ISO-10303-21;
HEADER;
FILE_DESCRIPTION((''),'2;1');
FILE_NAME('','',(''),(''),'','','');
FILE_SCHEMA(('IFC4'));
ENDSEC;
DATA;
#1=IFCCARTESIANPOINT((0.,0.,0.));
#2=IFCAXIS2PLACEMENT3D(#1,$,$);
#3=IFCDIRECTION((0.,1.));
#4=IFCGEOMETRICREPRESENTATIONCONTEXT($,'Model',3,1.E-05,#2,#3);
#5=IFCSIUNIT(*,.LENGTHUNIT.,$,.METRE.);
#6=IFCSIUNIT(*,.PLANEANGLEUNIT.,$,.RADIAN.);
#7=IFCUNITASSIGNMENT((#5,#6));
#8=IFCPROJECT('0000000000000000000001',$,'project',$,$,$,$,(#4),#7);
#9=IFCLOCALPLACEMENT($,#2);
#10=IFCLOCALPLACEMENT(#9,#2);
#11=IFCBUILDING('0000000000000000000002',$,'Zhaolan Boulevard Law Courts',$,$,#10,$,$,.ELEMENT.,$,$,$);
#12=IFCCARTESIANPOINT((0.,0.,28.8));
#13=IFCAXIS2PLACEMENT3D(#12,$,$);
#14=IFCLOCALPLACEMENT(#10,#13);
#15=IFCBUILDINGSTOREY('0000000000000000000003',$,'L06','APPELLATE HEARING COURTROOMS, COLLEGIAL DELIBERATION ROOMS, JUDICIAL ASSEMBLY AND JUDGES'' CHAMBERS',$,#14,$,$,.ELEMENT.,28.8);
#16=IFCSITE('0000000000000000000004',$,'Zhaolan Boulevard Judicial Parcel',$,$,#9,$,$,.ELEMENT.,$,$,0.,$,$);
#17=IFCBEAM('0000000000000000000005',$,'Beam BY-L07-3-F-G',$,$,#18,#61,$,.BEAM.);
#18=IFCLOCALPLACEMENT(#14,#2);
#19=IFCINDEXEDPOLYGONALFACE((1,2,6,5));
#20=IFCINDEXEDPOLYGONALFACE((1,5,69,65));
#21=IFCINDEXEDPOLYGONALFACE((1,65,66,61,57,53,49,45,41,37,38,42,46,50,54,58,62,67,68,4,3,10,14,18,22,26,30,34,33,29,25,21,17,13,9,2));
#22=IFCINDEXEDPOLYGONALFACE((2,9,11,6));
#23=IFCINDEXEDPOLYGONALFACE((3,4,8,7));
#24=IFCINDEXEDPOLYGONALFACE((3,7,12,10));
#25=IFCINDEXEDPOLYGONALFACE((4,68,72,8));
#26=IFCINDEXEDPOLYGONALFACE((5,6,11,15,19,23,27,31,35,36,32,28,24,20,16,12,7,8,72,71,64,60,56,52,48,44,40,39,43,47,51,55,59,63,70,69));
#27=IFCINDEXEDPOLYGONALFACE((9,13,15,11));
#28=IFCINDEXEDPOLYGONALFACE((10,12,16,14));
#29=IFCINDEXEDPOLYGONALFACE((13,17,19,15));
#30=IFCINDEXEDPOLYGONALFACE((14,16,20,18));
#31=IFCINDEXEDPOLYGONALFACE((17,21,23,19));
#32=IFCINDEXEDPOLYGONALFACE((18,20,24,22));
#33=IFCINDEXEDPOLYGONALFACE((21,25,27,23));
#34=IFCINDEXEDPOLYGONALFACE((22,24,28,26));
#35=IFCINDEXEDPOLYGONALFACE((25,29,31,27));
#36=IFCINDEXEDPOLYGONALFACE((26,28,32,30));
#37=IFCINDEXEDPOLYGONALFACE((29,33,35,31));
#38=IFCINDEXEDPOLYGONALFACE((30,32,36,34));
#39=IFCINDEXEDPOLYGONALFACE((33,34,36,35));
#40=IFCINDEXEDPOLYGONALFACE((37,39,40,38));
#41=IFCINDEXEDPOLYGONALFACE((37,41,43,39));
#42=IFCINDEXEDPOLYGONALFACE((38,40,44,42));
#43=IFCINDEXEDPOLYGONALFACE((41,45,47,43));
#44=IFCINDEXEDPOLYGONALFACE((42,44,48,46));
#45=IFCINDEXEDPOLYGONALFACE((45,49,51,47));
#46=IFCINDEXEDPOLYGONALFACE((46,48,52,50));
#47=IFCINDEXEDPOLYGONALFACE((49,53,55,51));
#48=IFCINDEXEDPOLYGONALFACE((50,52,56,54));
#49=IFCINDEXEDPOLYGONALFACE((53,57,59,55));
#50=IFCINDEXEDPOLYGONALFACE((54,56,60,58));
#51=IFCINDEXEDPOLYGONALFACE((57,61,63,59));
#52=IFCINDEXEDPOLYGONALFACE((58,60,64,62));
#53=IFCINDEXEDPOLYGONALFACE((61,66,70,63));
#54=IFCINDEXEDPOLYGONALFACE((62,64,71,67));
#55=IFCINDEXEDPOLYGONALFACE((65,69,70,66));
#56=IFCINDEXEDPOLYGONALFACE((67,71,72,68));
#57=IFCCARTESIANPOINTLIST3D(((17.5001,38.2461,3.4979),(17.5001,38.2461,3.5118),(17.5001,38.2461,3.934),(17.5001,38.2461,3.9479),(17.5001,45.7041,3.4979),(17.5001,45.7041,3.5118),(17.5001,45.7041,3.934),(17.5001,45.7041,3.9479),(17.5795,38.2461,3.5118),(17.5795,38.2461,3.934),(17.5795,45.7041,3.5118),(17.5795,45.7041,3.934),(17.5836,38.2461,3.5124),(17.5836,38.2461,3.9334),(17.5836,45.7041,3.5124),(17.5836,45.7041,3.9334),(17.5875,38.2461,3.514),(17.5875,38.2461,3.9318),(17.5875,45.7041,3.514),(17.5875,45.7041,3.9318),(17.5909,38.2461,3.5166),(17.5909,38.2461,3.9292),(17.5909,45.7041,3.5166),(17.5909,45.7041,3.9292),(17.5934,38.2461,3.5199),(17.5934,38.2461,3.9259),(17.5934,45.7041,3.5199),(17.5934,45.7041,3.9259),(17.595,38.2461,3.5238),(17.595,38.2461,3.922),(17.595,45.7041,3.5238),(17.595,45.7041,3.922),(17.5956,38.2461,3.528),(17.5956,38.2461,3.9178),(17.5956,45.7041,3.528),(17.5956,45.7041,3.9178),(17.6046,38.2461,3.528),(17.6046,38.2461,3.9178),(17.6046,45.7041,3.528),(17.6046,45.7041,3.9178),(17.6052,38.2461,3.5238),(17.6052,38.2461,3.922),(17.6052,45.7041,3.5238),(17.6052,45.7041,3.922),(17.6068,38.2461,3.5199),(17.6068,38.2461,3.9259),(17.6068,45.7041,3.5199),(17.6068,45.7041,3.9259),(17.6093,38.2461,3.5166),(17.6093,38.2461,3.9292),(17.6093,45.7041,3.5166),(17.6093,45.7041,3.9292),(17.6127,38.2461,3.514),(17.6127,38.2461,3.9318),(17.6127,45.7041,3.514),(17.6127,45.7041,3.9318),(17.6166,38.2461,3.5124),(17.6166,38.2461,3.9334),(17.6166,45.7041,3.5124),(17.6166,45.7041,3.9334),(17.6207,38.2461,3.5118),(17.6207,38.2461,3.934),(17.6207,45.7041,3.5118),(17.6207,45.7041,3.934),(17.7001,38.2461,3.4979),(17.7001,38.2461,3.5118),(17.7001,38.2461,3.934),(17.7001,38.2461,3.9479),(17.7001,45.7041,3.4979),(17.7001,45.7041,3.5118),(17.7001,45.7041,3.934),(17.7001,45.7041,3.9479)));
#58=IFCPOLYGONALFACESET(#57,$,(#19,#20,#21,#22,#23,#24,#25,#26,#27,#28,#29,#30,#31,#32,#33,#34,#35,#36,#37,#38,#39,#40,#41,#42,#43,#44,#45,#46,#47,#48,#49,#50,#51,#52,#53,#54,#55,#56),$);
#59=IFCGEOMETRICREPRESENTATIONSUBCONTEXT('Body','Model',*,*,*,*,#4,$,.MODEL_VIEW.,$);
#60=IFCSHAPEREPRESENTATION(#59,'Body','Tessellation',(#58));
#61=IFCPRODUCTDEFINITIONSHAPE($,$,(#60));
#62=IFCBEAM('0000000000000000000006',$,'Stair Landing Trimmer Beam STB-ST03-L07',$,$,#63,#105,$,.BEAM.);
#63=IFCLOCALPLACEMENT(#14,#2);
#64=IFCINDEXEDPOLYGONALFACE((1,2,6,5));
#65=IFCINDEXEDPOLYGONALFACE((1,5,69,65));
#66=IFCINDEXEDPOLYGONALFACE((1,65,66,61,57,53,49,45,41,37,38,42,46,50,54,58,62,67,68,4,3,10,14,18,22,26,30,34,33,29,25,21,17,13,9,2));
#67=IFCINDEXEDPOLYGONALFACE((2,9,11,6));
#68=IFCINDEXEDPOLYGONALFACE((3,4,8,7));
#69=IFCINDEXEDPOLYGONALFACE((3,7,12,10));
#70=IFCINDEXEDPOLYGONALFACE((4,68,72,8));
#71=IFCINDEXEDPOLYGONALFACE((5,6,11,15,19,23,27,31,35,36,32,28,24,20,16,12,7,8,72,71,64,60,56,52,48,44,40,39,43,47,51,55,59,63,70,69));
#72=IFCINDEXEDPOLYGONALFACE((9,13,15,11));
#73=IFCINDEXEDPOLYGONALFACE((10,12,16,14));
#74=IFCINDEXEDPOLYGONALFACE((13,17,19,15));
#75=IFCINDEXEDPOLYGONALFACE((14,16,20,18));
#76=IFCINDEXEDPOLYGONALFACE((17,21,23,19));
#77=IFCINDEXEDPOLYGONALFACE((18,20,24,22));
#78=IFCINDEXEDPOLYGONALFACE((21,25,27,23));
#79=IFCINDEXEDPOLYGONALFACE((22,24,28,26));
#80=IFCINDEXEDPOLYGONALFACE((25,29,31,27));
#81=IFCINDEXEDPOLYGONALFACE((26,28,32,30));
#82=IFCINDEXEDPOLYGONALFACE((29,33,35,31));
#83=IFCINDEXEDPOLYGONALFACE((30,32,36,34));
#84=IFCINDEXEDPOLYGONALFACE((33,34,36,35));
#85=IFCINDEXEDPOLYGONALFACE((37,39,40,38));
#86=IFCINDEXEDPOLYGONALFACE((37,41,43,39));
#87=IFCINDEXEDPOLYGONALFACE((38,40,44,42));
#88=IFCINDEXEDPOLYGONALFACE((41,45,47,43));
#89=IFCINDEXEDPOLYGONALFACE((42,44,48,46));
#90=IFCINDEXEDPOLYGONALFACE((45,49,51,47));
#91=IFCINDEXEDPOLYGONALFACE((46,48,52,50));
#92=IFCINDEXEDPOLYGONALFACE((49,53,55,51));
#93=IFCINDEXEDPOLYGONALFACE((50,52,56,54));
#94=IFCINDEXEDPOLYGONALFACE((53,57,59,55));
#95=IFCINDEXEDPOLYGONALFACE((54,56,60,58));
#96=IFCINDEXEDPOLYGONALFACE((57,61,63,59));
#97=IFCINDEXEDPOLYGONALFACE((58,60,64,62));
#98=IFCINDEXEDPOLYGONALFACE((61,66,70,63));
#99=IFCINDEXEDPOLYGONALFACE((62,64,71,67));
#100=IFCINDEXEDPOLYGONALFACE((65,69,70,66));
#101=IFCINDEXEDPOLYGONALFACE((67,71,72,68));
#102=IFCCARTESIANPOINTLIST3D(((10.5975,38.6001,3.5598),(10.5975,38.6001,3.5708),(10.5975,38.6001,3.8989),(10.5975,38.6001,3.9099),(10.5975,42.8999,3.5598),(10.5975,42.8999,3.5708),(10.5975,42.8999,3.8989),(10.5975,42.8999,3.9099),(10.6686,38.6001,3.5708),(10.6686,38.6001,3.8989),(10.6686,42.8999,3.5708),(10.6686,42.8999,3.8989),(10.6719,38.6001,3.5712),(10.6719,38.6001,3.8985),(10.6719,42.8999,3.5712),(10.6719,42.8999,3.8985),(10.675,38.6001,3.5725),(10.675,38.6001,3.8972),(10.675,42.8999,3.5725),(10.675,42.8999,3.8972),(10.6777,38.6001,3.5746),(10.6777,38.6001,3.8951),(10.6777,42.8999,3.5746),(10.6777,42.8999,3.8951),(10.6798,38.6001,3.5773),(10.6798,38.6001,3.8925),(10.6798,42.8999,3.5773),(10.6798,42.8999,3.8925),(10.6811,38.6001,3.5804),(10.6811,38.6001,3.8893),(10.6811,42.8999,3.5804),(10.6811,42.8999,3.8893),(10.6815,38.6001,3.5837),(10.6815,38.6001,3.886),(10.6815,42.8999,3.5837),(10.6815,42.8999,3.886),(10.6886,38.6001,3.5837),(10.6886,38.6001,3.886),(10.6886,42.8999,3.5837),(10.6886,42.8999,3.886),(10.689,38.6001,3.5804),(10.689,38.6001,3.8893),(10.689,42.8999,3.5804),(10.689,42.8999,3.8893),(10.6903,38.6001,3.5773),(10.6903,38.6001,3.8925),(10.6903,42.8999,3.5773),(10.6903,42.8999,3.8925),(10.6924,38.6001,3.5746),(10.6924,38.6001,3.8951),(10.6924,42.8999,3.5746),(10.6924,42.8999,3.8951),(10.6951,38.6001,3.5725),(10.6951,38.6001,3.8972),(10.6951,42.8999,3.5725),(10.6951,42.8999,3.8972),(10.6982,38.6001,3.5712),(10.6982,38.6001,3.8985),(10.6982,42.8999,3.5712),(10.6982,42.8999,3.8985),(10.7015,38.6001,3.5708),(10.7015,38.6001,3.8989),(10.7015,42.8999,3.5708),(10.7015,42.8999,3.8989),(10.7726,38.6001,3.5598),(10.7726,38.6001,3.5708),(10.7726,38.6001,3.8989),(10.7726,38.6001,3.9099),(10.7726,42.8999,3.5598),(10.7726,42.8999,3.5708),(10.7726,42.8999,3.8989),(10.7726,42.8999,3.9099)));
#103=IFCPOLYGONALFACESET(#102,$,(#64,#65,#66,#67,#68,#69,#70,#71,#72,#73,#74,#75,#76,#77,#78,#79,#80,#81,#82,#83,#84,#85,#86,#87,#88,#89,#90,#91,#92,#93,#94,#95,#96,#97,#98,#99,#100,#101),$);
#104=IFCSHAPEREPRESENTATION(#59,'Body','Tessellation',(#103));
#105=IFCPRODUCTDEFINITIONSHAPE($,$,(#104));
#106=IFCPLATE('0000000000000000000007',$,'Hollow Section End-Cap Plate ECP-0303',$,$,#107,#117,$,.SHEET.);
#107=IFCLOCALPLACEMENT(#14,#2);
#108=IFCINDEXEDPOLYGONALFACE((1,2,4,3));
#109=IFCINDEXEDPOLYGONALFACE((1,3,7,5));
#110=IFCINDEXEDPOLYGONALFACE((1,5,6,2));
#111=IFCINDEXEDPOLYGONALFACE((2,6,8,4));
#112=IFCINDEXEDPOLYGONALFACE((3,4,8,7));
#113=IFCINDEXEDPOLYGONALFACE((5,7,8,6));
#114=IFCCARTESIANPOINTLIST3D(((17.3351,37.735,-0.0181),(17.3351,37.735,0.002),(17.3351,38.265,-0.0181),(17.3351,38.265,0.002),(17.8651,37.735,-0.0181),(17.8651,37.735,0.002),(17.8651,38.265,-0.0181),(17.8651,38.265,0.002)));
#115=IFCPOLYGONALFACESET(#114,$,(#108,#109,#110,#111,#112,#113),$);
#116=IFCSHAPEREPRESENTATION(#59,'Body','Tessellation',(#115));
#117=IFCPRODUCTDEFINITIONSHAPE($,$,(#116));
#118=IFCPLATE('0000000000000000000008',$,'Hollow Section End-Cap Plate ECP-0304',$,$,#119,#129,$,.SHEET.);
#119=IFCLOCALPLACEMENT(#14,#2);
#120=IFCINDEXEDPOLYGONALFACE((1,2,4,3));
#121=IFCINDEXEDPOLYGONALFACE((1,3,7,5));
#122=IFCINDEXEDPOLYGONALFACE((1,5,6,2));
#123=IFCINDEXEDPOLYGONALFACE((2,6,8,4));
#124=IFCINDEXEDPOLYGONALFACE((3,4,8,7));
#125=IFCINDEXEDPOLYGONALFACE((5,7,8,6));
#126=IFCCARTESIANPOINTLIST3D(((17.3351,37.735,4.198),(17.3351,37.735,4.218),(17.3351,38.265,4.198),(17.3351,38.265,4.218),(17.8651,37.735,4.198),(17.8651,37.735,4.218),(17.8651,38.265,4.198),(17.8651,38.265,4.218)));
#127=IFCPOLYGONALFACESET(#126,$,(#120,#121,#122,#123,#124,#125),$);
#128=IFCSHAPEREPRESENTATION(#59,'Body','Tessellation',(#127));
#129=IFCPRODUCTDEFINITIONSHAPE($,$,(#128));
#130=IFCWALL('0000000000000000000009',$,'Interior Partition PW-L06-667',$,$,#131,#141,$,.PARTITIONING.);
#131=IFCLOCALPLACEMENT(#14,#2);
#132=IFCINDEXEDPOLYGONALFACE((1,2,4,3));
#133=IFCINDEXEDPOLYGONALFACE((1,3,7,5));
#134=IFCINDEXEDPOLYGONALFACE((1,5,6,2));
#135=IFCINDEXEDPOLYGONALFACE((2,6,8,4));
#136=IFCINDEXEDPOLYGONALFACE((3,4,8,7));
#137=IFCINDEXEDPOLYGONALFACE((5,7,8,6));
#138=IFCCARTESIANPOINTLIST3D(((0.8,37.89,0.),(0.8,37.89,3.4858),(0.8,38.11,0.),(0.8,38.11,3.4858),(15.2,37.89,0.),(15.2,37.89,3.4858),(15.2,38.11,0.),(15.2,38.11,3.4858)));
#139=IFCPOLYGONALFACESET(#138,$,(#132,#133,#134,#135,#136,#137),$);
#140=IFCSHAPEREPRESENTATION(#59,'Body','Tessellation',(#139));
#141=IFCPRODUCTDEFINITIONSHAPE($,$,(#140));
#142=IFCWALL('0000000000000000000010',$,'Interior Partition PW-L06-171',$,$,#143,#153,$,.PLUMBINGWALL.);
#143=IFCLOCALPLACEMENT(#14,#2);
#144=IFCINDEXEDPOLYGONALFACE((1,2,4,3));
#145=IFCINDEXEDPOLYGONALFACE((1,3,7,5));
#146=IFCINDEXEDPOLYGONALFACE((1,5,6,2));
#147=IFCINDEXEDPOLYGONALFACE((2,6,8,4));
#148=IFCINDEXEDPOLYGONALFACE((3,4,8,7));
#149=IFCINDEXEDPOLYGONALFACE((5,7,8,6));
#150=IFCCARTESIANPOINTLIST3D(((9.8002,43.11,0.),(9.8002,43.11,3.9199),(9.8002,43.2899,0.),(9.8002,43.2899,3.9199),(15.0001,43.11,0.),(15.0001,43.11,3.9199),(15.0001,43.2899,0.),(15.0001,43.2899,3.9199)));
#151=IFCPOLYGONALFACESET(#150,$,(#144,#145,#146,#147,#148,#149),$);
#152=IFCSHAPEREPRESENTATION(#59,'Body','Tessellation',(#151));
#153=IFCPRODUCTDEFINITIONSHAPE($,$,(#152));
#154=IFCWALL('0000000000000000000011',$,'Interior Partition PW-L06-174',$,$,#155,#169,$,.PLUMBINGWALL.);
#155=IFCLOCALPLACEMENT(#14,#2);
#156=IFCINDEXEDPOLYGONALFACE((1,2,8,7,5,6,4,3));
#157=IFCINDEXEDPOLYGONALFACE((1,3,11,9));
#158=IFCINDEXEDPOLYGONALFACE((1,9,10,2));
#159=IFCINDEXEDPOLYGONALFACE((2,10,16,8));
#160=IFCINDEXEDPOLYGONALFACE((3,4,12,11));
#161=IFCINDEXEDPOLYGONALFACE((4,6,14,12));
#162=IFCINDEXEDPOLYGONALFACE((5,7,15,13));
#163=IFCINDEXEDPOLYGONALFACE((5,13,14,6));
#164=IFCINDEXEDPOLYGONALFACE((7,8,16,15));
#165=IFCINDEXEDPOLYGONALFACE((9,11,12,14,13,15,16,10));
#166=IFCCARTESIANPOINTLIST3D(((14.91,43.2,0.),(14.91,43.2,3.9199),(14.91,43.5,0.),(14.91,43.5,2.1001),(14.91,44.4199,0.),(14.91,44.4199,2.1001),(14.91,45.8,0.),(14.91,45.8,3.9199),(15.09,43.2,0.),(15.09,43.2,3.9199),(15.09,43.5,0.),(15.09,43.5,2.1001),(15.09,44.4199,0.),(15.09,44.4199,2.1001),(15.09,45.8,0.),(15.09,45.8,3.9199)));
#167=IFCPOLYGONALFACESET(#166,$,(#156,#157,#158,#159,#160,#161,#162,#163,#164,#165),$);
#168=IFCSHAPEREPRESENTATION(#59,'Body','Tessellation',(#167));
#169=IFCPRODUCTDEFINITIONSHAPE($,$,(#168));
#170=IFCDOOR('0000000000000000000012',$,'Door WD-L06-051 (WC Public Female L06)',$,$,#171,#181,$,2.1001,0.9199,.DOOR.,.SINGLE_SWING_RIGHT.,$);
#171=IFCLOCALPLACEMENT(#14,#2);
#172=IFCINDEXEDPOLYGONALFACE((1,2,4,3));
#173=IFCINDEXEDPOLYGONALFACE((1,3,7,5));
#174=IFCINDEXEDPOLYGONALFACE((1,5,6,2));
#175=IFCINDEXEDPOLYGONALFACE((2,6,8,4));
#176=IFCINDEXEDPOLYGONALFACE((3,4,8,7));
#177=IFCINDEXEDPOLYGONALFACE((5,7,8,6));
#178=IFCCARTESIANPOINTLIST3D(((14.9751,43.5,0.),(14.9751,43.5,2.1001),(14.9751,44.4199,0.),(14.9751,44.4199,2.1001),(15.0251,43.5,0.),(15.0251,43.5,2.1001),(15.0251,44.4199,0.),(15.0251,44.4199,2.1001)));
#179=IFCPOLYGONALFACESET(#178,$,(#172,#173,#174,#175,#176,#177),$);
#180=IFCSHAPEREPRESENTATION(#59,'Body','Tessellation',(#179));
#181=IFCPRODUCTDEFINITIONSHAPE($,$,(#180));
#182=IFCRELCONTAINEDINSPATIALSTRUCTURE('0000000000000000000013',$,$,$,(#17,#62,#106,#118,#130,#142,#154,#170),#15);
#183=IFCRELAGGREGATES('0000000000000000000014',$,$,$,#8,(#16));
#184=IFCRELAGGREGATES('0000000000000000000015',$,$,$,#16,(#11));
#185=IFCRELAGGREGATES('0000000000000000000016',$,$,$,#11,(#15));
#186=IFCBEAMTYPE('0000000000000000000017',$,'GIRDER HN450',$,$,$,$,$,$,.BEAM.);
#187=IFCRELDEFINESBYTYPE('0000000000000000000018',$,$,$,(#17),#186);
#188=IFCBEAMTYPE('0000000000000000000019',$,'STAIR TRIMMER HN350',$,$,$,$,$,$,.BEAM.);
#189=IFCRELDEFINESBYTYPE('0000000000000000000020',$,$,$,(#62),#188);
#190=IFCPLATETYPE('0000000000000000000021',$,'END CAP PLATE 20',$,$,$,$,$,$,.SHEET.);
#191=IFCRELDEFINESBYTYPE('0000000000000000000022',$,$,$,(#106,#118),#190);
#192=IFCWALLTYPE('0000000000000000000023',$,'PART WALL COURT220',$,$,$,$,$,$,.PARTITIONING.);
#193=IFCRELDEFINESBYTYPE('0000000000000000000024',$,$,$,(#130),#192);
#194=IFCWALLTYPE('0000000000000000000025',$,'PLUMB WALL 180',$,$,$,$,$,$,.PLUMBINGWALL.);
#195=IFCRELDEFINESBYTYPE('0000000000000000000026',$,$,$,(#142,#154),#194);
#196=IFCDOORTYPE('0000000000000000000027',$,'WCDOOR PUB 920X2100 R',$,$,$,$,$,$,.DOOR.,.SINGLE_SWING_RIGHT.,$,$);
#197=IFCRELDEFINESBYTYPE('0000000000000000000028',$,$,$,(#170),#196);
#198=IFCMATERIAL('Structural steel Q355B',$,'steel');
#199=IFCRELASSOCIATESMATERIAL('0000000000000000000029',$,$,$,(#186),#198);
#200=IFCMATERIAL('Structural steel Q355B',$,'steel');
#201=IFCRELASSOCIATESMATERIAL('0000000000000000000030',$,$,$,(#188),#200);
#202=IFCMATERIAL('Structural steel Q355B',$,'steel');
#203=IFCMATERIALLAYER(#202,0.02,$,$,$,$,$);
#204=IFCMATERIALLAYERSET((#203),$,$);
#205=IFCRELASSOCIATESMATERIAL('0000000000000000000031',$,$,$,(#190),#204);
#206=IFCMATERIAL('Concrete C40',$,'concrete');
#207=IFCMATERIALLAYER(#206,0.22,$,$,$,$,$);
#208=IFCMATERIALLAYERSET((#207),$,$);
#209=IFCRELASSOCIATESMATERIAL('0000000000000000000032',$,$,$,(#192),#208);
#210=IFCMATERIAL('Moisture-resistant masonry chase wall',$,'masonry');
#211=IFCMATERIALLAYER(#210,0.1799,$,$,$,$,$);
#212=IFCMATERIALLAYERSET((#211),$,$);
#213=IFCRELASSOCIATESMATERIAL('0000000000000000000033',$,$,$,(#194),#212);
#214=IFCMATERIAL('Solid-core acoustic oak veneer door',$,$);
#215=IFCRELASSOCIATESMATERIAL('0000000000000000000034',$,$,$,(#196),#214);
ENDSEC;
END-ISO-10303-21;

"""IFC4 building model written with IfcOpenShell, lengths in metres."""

from ifc_helpers import new_model, si_unit, direction, frame, frame_2d, origin, origin_2d, place, context, subcontext, project, spatial, rectangle, i_section, extrude, material, layer, layer_set, material_profile, profile_set, type_object, element, fill, save


model = new_model("IFC4")

# Units and contexts
model_context = context("Model", 3, precision=1e-05, world=origin(), true_north=direction((0.0, 1.0)))
body_context = subcontext(model_context, "Body", "Model", "MODEL_VIEW")
ifc_project = project(units=[si_unit("LENGTHUNIT", "METRE"), si_unit("PLANEANGLEUNIT", "RADIAN")], contexts=[model_context])

# Site, building, storey
site_placement = place(None, origin())
site = spatial("IfcSite", under=ifc_project, at=site_placement, Name="Zhaolan Boulevard Judicial Parcel", CompositionType="ELEMENT", RefElevation=0.0)
building_placement = place(site_placement, origin())
building = spatial("IfcBuilding", under=site, at=building_placement, Name="Zhaolan Boulevard Law Courts", CompositionType="ELEMENT")
storey_placement = place(building_placement, frame((0.0, 0.0, 28.8)))
storey = spatial("IfcBuildingStorey", under=building, at=storey_placement, Name="L06", Description="APPELLATE HEARING COURTROOMS, COLLEGIAL DELIBERATION ROOMS, JUDICIAL ASSEMBLY AND JUDGES' CHAMBERS", CompositionType="ELEMENT", Elevation=28.8)

# Beams
ifc_material_1 = material(Name="Structural steel Q355B", Category="steel")
ifc_material_profile_1 = material_profile(ifc_material_1, i_section(OverallWidth=0.2, OverallDepth=0.45, WebThickness=0.009, FlangeThickness=0.0139, FilletRadius=0.0161, at=origin_2d()), Name="HN450x200")
ifc_profile_set_1 = profile_set([ifc_material_profile_1], Name="Structural steel Q355B")
beam_type_1 = type_object("IfcBeamType", Name="GIRDER HN450", PredefinedType="BEAM", material=ifc_profile_set_1)
beam_1_placement = place(storey_placement, frame((17.6001, 38.2461, 3.7229), z_axis=(0.0, 1.0, 0.0), x_axis=(-1.0, 0.0, 0.0)))
element("IfcBeam", 1, at=beam_1_placement, inside=storey, type_object=beam_type_1, Name="Beam BY-L07-3-F-G", PredefinedType="BEAM", context=body_context, shape_type="SweptSolid", body=[
    extrude(i_section(OverallWidth=0.2, OverallDepth=0.45, WebThickness=0.009, FlangeThickness=0.0139, FilletRadius=0.0161, at=origin_2d()), origin(), (0.0, 0.0, 1.0), 7.458),
])
ifc_material_2 = material(Name="Structural steel Q355B", Category="steel")
ifc_material_profile_2 = material_profile(ifc_material_2, i_section(OverallWidth=0.175, OverallDepth=0.3501, WebThickness=0.0071, FlangeThickness=0.011, FilletRadius=0.0129, at=origin_2d()), Name="HN350x175")
ifc_profile_set_2 = profile_set([ifc_material_profile_2], Name="Structural steel Q355B")
beam_type_2 = type_object("IfcBeamType", Name="STAIR TRIMMER HN350", PredefinedType="BEAM", material=ifc_profile_set_2)
beam_2_placement = place(storey_placement, frame((10.6851, 38.6001, 3.7349), z_axis=(0.0, 1.0, 0.0), x_axis=(-1.0, 0.0, 0.0)))
element("IfcBeam", 2, at=beam_2_placement, inside=storey, type_object=beam_type_2, Name="Stair Landing Trimmer Beam STB-ST03-L07", PredefinedType="BEAM", context=body_context, shape_type="SweptSolid", body=[
    extrude(i_section(OverallWidth=0.175, OverallDepth=0.3501, WebThickness=0.0071, FlangeThickness=0.011, FilletRadius=0.0129, at=origin_2d()), origin(), (0.0, 0.0, 1.0), 4.2998),
])

# Plates
ifc_material_3 = material(Name="Structural steel Q355B", Category="steel")
ifc_layer_1 = layer(ifc_material_3, 0.02)
ifc_layer_set_1 = layer_set([ifc_layer_1])
plate_type = type_object("IfcPlateType", Name="END CAP PLATE 20", PredefinedType="SHEET", material=ifc_layer_set_1)
for number, where, z_axis, x_axis, name in (
    (3, (17.6001, 38.0, -0.0181), (0.0, 0.0, 1.0), (1.0, 0.0, 0.0), "Hollow Section End-Cap Plate ECP-0303"),
    (4, (17.6001, 38.0, 4.198), (0.0, 0.0, 1.0), (1.0, 0.0, 0.0), "Hollow Section End-Cap Plate ECP-0304"),
):
    element("IfcPlate", number, at=place(storey_placement, frame(where, z_axis=z_axis, x_axis=x_axis)), inside=storey, type_object=plate_type, Name=name, PredefinedType="SHEET", context=body_context, shape_type="SweptSolid", body=[
        extrude(rectangle(XDim=0.53, YDim=0.53, at=origin_2d()), origin(), (0.0, 0.0, 1.0), 0.02),
    ])

# Walls
ifc_material_4 = material(Name="Concrete C40", Category="concrete")
ifc_layer_2 = layer(ifc_material_4, 0.22)
ifc_layer_set_2 = layer_set([ifc_layer_2])
wall_type_1 = type_object("IfcWallType", Name="PART WALL COURT220", PredefinedType="PARTITIONING", material=ifc_layer_set_2)
wall_1_placement = place(storey_placement, frame((15.2, 38.0, 0.0), z_axis=(0.0, 0.0, 1.0), x_axis=(-1.0, 0.0, 0.0)))
element("IfcWall", 5, at=wall_1_placement, inside=storey, type_object=wall_type_1, Name="Interior Partition PW-L06-667", PredefinedType="PARTITIONING", context=body_context, shape_type="SweptSolid", body=[
    extrude(rectangle(XDim=14.3999, YDim=0.22, at=frame_2d((7.2, 0.0))), origin(), (0.0, 0.0, 1.0), 3.4858),
])
ifc_material_5 = material(Name="Moisture-resistant masonry chase wall", Category="masonry")
ifc_layer_3 = layer(ifc_material_5, 0.1799)
ifc_layer_set_3 = layer_set([ifc_layer_3])
wall_type_2 = type_object("IfcWallType", Name="PLUMB WALL 180", PredefinedType="PLUMBINGWALL", material=ifc_layer_set_3)
wall_2_placement = place(storey_placement, frame((9.8, 43.2, 0.0), z_axis=(0.0, 0.0, 1.0), x_axis=(1.0, 0.0, 0.0)))
element("IfcWall", 6, at=wall_2_placement, inside=storey, type_object=wall_type_2, Name="Interior Partition PW-L06-171", PredefinedType="PLUMBINGWALL", context=body_context, shape_type="SweptSolid", body=[
    extrude(rectangle(XDim=5.2, YDim=0.1799, at=frame_2d((2.6001, 0.0))), origin(), (0.0, 0.0, 1.0), 3.9199),
])

# Wall, opening, door
wall_3_placement = place(storey_placement, frame((15.0, 43.2, 0.0), z_axis=(0.0, 0.0, 1.0), x_axis=(0.0, 1.0, 0.0)))
wall_3 = element("IfcWall", 7, at=wall_3_placement, inside=storey, type_object=wall_type_2, Name="Interior Partition PW-L06-174", PredefinedType="PLUMBINGWALL", context=body_context, shape_type="SweptSolid", body=[
    extrude(rectangle(XDim=2.6001, YDim=0.1799, at=frame_2d((1.3, 0.0))), origin(), (0.0, 0.0, 1.0), 3.9199),
])
opening_1_placement = place(wall_3_placement, frame((0.3, 0.0, 0.0)))
opening_1 = element("IfcOpeningElement", 8, at=opening_1_placement, cuts=wall_3, PredefinedType="OPENING", context=body_context, shape_type="SweptSolid", body=[
    extrude(rectangle(XDim=0.9199, YDim=2.1001, at=frame_2d((0.46, 1.05))), frame((0.0, 0.0999, 0.0), z_axis=(0.0, -1.0, 0.0), x_axis=(1.0, 0.0, 0.0)), (0.0, 0.0, 1.0), 0.2),
])
ifc_material_6 = material(Name="Solid-core acoustic oak veneer door")
door_type_1 = type_object("IfcDoorType", Name="WCDOOR PUB 920X2100 R", OperationType="SINGLE_SWING_RIGHT", PredefinedType="DOOR", material=ifc_material_6)
door_1_placement = place(opening_1_placement, origin())
door_1 = element("IfcDoor", 9, at=door_1_placement, inside=storey, type_object=door_type_1, Name="Door WD-L06-051 (WC Public Female L06)", OperationType="SINGLE_SWING_RIGHT", OverallHeight=2.1001, OverallWidth=0.9199, PredefinedType="DOOR", context=body_context, shape_type="SweptSolid", body=[
    extrude(rectangle(XDim=0.9199, YDim=2.1001, at=frame_2d((0.46, 1.05))), frame((0.0, 0.0249, 0.0), z_axis=(0.0, -1.0, 0.0), x_axis=(1.0, 0.0, 0.0)), (0.0, 0.0, 1.0), 0.05),
])
fill(opening_1, door_1)

save(model, "model.ifc")
